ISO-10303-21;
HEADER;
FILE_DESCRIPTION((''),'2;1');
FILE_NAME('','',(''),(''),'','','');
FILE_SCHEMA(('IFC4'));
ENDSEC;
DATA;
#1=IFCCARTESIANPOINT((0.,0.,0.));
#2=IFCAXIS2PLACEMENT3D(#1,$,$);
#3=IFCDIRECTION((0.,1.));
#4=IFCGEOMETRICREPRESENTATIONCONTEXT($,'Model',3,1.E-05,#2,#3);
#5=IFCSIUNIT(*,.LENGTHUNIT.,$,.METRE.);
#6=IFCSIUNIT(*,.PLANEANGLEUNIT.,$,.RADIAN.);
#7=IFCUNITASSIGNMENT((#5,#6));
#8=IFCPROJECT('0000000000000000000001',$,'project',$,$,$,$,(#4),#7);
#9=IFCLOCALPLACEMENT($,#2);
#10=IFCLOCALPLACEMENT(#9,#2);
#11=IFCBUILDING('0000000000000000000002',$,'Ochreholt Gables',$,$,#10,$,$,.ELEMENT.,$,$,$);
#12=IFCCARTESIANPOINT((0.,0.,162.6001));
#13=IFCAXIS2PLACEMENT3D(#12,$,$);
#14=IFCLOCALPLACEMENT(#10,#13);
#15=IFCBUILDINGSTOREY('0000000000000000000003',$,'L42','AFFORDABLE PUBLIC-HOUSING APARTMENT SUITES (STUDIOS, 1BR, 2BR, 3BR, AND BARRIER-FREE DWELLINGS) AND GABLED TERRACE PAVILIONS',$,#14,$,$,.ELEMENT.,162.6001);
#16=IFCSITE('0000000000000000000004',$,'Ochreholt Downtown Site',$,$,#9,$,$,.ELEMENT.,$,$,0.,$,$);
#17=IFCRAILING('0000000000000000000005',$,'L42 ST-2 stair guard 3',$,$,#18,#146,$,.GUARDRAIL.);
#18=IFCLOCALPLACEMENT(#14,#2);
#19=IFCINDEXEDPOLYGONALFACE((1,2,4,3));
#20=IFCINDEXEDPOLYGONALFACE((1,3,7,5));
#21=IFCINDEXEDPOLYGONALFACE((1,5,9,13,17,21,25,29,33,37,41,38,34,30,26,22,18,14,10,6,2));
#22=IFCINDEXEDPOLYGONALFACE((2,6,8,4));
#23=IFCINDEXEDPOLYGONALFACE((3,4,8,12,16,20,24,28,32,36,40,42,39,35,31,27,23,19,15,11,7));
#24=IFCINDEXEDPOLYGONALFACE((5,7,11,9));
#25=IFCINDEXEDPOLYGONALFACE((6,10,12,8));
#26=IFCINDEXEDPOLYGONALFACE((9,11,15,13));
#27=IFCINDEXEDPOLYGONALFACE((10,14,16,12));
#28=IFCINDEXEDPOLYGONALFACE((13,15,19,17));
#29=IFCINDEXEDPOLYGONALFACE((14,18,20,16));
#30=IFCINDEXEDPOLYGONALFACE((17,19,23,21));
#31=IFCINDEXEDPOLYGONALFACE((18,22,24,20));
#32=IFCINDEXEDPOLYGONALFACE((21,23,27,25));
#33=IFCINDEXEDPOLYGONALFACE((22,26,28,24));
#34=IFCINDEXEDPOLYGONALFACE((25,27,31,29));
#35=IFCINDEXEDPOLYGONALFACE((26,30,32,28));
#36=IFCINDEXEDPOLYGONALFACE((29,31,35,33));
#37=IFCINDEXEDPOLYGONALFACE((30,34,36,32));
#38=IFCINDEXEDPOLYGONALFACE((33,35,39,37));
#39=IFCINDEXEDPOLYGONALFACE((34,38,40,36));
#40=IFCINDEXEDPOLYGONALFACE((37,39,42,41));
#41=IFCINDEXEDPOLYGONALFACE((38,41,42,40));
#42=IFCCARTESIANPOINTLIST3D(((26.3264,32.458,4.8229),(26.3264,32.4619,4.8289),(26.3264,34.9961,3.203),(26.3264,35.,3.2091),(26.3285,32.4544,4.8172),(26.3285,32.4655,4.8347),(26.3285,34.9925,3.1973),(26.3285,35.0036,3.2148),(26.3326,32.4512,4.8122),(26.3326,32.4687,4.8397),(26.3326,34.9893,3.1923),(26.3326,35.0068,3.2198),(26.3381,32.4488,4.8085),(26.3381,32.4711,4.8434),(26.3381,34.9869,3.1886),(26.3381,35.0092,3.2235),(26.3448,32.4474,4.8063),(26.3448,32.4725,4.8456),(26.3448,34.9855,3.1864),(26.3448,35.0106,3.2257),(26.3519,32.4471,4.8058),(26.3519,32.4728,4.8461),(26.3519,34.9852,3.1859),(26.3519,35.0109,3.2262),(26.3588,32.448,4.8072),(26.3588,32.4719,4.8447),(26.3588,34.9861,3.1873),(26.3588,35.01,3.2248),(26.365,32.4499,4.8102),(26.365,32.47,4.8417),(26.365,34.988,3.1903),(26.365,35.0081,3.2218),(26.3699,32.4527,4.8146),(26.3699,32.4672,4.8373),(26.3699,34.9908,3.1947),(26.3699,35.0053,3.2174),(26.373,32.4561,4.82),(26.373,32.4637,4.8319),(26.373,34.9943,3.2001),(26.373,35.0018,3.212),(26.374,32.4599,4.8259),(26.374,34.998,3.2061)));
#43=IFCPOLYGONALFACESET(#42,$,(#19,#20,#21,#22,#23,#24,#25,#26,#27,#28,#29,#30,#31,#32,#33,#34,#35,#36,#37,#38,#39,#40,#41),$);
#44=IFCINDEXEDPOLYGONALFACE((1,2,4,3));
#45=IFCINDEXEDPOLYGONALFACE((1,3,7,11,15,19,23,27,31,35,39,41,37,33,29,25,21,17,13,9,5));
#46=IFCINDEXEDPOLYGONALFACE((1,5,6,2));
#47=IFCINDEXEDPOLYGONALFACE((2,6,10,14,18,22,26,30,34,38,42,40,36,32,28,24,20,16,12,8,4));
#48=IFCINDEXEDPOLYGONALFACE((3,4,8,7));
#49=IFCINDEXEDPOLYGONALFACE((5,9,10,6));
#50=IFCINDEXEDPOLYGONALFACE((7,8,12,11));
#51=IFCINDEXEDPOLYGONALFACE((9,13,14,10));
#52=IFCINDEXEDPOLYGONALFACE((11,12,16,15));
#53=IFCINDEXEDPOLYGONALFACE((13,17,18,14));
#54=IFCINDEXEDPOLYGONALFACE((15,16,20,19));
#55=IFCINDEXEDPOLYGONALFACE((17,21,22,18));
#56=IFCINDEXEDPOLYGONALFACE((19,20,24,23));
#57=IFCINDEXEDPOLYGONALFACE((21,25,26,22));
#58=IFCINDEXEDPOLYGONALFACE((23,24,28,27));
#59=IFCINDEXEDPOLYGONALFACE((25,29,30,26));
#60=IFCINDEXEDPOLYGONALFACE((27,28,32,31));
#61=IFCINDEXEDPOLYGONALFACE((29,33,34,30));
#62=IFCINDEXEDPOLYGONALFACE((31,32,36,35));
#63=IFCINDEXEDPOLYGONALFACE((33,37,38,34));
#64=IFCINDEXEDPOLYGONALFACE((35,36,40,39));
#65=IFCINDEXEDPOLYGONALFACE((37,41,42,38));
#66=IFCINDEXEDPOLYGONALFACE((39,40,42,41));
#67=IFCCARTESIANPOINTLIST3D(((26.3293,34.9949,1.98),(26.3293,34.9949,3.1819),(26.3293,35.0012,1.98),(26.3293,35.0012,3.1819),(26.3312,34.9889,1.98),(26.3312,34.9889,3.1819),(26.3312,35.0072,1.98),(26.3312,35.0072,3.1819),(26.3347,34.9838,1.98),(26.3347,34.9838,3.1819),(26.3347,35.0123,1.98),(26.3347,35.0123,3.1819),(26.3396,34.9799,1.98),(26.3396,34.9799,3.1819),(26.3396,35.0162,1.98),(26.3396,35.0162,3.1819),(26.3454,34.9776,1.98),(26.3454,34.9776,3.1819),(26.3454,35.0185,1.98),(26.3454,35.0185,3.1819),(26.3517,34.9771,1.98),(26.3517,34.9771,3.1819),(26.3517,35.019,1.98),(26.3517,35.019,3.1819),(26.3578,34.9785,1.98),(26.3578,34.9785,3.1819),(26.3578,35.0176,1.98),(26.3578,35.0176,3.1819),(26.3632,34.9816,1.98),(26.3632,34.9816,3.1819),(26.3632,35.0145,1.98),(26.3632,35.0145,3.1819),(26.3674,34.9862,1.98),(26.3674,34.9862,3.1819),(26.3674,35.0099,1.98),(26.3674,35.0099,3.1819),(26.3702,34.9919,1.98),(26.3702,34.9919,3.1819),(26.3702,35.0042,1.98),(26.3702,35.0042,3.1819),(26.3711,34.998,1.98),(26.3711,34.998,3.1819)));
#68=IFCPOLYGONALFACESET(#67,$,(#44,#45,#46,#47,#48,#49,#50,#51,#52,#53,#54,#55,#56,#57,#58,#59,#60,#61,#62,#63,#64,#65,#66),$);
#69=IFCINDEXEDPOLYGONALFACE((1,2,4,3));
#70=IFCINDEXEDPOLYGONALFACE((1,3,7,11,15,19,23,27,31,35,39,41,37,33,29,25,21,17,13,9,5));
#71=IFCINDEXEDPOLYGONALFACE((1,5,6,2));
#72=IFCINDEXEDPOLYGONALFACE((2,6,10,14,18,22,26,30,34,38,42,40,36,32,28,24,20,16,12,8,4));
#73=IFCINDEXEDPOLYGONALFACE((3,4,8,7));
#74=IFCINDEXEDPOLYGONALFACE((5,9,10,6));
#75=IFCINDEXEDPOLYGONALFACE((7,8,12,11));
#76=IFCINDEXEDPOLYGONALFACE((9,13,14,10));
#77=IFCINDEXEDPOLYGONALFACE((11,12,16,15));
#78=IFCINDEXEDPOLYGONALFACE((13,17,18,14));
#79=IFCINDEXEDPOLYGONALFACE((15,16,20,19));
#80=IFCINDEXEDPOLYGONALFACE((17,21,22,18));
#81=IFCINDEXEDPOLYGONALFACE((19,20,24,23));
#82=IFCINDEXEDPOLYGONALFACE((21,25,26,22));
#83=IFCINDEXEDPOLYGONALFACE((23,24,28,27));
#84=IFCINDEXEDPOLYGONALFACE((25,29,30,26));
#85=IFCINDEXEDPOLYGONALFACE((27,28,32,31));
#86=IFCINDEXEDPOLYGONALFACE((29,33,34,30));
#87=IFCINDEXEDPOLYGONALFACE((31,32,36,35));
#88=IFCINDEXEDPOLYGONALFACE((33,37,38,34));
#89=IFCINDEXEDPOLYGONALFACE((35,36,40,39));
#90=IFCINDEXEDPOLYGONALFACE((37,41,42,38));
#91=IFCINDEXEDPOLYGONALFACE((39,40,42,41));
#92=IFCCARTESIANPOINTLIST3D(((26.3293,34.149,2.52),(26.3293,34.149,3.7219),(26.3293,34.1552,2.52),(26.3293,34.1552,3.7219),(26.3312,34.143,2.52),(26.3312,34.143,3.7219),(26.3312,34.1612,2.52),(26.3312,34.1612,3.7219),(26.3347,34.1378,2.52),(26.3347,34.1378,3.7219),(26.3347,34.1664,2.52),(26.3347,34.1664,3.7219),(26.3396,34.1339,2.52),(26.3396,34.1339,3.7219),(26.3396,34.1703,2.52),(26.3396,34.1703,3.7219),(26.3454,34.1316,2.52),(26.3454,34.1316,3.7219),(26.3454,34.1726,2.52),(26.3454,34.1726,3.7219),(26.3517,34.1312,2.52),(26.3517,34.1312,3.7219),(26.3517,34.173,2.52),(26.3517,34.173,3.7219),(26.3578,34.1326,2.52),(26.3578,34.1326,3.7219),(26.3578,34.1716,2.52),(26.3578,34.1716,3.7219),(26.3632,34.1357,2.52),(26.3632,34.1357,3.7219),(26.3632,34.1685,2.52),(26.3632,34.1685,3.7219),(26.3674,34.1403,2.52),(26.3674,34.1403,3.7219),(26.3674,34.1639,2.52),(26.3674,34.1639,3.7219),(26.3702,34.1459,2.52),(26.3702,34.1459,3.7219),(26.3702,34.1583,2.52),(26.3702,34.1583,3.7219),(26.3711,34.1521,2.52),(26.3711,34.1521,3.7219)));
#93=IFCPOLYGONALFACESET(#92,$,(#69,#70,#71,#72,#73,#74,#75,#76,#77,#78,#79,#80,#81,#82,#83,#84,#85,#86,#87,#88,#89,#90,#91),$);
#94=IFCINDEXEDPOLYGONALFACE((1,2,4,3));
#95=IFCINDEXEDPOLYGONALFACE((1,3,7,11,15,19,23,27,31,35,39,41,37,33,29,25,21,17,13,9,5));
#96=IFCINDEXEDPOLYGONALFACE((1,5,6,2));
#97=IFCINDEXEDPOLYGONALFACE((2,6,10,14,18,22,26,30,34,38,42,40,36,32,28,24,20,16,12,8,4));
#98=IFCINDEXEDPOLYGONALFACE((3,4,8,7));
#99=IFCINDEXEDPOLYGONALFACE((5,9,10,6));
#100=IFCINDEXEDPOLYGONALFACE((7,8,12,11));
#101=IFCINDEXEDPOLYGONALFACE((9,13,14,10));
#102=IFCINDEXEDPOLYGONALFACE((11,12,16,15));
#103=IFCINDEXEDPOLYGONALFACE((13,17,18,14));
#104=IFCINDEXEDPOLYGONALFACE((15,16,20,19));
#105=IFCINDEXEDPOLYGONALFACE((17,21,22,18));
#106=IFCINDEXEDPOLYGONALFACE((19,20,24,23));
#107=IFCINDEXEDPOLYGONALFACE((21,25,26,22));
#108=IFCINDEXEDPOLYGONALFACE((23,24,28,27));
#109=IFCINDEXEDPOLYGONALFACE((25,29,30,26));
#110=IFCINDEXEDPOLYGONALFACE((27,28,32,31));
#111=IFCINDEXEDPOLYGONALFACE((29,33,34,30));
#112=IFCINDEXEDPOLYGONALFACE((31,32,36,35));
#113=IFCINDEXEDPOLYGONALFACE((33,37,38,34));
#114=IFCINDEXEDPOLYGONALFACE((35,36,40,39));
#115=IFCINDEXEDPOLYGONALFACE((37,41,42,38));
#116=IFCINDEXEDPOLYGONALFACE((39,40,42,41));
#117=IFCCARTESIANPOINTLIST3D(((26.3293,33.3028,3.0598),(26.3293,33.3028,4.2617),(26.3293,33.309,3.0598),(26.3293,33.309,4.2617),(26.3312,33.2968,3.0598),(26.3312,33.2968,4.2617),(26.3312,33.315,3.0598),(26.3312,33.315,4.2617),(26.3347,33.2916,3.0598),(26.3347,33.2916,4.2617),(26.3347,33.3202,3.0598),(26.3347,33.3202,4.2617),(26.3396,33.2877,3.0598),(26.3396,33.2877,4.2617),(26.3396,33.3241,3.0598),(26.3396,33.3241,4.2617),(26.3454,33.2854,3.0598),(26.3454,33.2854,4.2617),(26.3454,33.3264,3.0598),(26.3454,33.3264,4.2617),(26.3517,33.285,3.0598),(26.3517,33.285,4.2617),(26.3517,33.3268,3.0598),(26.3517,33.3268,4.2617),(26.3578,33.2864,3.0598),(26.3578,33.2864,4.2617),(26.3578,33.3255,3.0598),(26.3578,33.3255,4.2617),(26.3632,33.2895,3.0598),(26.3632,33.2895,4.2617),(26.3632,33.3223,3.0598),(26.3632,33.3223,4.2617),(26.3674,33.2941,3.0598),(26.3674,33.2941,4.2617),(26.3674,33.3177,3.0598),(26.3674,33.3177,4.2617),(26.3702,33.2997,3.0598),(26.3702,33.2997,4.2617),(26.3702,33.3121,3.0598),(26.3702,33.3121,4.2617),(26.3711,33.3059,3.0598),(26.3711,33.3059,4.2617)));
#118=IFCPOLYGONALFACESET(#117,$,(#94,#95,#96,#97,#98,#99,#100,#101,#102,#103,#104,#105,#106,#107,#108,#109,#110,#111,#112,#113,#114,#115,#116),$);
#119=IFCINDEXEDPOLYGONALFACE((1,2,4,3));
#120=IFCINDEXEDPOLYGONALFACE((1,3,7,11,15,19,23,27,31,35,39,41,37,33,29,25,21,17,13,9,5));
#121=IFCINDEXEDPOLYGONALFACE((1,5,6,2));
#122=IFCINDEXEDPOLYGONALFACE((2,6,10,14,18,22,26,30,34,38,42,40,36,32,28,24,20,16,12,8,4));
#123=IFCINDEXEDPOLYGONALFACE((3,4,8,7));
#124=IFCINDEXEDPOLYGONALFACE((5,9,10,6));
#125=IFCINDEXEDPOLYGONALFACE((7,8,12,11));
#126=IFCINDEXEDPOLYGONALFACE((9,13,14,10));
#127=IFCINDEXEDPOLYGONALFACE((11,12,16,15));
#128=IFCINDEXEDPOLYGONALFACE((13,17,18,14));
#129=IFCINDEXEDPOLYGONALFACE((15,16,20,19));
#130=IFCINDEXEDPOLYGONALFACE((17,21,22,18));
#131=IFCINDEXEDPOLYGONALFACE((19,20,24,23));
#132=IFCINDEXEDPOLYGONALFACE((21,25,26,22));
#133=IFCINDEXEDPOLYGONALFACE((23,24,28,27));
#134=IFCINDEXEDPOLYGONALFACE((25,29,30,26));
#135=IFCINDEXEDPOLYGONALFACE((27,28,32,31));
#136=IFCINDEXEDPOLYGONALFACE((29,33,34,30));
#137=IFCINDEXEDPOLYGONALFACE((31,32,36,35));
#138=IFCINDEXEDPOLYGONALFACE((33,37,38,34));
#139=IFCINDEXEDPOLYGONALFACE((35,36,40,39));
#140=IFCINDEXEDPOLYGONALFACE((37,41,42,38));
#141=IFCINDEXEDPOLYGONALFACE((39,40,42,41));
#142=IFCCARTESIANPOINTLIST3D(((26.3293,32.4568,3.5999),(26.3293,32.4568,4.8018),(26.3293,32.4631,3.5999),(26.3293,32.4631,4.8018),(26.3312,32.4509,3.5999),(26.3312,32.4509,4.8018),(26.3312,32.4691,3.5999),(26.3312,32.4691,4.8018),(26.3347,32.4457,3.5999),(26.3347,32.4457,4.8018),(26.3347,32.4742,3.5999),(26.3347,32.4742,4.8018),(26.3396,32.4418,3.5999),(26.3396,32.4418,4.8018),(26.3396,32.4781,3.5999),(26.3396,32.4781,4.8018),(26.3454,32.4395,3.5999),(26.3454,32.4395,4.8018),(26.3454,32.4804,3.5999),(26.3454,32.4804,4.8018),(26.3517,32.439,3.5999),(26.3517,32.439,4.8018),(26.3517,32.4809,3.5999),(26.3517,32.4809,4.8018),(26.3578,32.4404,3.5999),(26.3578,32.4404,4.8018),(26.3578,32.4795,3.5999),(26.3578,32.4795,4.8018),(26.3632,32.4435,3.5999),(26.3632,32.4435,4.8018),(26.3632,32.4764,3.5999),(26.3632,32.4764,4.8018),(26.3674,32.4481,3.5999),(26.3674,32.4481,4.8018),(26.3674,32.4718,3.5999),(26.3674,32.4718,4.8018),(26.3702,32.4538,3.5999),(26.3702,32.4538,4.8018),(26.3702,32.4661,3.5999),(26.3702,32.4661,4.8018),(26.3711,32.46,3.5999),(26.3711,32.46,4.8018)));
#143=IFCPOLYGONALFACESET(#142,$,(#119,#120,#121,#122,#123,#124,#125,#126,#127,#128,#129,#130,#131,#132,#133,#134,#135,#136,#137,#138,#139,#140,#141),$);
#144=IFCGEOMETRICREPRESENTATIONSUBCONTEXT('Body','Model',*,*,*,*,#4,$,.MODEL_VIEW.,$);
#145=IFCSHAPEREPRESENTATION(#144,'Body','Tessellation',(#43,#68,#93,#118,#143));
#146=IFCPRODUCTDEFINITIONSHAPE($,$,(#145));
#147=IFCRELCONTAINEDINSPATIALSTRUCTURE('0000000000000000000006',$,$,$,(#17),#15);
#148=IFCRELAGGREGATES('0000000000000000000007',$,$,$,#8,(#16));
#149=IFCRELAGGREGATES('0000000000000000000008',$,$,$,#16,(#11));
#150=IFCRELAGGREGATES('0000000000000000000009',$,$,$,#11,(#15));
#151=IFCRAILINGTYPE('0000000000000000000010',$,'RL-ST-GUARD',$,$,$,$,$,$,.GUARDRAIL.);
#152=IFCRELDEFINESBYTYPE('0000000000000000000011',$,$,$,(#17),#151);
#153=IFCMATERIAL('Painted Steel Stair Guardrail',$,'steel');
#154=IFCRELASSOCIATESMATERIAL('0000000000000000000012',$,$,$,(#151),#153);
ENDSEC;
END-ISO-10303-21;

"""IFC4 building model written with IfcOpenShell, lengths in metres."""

from ifc_helpers import new_model, si_unit, direction, frame, origin, origin_2d, place, context, subcontext, project, spatial, circle, extrude, material, type_object, element, save


model = new_model("IFC4")

# Units and contexts
model_context = context("Model", 3, precision=1e-05, world=origin(), true_north=direction((0.0, 1.0)))
body_context = subcontext(model_context, "Body", "Model", "MODEL_VIEW")
ifc_project = project(units=[si_unit("LENGTHUNIT", "METRE"), si_unit("PLANEANGLEUNIT", "RADIAN")], contexts=[model_context])

# Site, building, storey
site_placement = place(None, origin())
site = spatial("IfcSite", under=ifc_project, at=site_placement, Name="Ochreholt Downtown Site", CompositionType="ELEMENT", RefElevation=0.0)
building_placement = place(site_placement, origin())
building = spatial("IfcBuilding", under=site, at=building_placement, Name="Ochreholt Gables", CompositionType="ELEMENT")
storey_placement = place(building_placement, frame((0.0, 0.0, 162.6001)))
storey = spatial("IfcBuildingStorey", under=building, at=storey_placement, Name="L42", Description="AFFORDABLE PUBLIC-HOUSING APARTMENT SUITES (STUDIOS, 1BR, 2BR, 3BR, AND BARRIER-FREE DWELLINGS) AND GABLED TERRACE PAVILIONS", CompositionType="ELEMENT", Elevation=162.6001)

# Railing
ifc_material_1 = material(Name="Painted Steel Stair Guardrail", Category="steel")
railing_type_1 = type_object("IfcRailingType", Name="RL-ST-GUARD", PredefinedType="GUARDRAIL", material=ifc_material_1)
railing_1_placement = place(storey_placement, frame((26.3501, 34.998, 1.98)))
element("IfcRailing", 1, at=railing_1_placement, inside=storey, type_object=railing_type_1, Name="L42 ST-2 stair guard 3", PredefinedType="GUARDRAIL", context=body_context, shape_type="SweptSolid", body=[
    extrude(circle(Radius=0.0239, at=origin_2d()), frame((0.0, 0.0, 1.2261), z_axis=(0.0, -0.84295, 0.537993), x_axis=(1.0, 0.0, 0.0)), (0.0, 0.0, 1.0), 3.011),
    extrude(circle(Radius=0.021, at=origin_2d()), origin(), (0.0, 0.0, 1.0), 1.2019),
    extrude(circle(Radius=0.021, at=origin_2d()), frame((0.0, -0.8459, 0.54)), (0.0, 0.0, 1.0), 1.2019),
    extrude(circle(Radius=0.021, at=origin_2d()), frame((0.0, -1.6921, 1.0798)), (0.0, 0.0, 1.0), 1.2019),
    extrude(circle(Radius=0.021, at=origin_2d()), frame((0.0, -2.5381, 1.6199)), (0.0, 0.0, 1.0), 1.2019),
])

save(model, "model.ifc")
